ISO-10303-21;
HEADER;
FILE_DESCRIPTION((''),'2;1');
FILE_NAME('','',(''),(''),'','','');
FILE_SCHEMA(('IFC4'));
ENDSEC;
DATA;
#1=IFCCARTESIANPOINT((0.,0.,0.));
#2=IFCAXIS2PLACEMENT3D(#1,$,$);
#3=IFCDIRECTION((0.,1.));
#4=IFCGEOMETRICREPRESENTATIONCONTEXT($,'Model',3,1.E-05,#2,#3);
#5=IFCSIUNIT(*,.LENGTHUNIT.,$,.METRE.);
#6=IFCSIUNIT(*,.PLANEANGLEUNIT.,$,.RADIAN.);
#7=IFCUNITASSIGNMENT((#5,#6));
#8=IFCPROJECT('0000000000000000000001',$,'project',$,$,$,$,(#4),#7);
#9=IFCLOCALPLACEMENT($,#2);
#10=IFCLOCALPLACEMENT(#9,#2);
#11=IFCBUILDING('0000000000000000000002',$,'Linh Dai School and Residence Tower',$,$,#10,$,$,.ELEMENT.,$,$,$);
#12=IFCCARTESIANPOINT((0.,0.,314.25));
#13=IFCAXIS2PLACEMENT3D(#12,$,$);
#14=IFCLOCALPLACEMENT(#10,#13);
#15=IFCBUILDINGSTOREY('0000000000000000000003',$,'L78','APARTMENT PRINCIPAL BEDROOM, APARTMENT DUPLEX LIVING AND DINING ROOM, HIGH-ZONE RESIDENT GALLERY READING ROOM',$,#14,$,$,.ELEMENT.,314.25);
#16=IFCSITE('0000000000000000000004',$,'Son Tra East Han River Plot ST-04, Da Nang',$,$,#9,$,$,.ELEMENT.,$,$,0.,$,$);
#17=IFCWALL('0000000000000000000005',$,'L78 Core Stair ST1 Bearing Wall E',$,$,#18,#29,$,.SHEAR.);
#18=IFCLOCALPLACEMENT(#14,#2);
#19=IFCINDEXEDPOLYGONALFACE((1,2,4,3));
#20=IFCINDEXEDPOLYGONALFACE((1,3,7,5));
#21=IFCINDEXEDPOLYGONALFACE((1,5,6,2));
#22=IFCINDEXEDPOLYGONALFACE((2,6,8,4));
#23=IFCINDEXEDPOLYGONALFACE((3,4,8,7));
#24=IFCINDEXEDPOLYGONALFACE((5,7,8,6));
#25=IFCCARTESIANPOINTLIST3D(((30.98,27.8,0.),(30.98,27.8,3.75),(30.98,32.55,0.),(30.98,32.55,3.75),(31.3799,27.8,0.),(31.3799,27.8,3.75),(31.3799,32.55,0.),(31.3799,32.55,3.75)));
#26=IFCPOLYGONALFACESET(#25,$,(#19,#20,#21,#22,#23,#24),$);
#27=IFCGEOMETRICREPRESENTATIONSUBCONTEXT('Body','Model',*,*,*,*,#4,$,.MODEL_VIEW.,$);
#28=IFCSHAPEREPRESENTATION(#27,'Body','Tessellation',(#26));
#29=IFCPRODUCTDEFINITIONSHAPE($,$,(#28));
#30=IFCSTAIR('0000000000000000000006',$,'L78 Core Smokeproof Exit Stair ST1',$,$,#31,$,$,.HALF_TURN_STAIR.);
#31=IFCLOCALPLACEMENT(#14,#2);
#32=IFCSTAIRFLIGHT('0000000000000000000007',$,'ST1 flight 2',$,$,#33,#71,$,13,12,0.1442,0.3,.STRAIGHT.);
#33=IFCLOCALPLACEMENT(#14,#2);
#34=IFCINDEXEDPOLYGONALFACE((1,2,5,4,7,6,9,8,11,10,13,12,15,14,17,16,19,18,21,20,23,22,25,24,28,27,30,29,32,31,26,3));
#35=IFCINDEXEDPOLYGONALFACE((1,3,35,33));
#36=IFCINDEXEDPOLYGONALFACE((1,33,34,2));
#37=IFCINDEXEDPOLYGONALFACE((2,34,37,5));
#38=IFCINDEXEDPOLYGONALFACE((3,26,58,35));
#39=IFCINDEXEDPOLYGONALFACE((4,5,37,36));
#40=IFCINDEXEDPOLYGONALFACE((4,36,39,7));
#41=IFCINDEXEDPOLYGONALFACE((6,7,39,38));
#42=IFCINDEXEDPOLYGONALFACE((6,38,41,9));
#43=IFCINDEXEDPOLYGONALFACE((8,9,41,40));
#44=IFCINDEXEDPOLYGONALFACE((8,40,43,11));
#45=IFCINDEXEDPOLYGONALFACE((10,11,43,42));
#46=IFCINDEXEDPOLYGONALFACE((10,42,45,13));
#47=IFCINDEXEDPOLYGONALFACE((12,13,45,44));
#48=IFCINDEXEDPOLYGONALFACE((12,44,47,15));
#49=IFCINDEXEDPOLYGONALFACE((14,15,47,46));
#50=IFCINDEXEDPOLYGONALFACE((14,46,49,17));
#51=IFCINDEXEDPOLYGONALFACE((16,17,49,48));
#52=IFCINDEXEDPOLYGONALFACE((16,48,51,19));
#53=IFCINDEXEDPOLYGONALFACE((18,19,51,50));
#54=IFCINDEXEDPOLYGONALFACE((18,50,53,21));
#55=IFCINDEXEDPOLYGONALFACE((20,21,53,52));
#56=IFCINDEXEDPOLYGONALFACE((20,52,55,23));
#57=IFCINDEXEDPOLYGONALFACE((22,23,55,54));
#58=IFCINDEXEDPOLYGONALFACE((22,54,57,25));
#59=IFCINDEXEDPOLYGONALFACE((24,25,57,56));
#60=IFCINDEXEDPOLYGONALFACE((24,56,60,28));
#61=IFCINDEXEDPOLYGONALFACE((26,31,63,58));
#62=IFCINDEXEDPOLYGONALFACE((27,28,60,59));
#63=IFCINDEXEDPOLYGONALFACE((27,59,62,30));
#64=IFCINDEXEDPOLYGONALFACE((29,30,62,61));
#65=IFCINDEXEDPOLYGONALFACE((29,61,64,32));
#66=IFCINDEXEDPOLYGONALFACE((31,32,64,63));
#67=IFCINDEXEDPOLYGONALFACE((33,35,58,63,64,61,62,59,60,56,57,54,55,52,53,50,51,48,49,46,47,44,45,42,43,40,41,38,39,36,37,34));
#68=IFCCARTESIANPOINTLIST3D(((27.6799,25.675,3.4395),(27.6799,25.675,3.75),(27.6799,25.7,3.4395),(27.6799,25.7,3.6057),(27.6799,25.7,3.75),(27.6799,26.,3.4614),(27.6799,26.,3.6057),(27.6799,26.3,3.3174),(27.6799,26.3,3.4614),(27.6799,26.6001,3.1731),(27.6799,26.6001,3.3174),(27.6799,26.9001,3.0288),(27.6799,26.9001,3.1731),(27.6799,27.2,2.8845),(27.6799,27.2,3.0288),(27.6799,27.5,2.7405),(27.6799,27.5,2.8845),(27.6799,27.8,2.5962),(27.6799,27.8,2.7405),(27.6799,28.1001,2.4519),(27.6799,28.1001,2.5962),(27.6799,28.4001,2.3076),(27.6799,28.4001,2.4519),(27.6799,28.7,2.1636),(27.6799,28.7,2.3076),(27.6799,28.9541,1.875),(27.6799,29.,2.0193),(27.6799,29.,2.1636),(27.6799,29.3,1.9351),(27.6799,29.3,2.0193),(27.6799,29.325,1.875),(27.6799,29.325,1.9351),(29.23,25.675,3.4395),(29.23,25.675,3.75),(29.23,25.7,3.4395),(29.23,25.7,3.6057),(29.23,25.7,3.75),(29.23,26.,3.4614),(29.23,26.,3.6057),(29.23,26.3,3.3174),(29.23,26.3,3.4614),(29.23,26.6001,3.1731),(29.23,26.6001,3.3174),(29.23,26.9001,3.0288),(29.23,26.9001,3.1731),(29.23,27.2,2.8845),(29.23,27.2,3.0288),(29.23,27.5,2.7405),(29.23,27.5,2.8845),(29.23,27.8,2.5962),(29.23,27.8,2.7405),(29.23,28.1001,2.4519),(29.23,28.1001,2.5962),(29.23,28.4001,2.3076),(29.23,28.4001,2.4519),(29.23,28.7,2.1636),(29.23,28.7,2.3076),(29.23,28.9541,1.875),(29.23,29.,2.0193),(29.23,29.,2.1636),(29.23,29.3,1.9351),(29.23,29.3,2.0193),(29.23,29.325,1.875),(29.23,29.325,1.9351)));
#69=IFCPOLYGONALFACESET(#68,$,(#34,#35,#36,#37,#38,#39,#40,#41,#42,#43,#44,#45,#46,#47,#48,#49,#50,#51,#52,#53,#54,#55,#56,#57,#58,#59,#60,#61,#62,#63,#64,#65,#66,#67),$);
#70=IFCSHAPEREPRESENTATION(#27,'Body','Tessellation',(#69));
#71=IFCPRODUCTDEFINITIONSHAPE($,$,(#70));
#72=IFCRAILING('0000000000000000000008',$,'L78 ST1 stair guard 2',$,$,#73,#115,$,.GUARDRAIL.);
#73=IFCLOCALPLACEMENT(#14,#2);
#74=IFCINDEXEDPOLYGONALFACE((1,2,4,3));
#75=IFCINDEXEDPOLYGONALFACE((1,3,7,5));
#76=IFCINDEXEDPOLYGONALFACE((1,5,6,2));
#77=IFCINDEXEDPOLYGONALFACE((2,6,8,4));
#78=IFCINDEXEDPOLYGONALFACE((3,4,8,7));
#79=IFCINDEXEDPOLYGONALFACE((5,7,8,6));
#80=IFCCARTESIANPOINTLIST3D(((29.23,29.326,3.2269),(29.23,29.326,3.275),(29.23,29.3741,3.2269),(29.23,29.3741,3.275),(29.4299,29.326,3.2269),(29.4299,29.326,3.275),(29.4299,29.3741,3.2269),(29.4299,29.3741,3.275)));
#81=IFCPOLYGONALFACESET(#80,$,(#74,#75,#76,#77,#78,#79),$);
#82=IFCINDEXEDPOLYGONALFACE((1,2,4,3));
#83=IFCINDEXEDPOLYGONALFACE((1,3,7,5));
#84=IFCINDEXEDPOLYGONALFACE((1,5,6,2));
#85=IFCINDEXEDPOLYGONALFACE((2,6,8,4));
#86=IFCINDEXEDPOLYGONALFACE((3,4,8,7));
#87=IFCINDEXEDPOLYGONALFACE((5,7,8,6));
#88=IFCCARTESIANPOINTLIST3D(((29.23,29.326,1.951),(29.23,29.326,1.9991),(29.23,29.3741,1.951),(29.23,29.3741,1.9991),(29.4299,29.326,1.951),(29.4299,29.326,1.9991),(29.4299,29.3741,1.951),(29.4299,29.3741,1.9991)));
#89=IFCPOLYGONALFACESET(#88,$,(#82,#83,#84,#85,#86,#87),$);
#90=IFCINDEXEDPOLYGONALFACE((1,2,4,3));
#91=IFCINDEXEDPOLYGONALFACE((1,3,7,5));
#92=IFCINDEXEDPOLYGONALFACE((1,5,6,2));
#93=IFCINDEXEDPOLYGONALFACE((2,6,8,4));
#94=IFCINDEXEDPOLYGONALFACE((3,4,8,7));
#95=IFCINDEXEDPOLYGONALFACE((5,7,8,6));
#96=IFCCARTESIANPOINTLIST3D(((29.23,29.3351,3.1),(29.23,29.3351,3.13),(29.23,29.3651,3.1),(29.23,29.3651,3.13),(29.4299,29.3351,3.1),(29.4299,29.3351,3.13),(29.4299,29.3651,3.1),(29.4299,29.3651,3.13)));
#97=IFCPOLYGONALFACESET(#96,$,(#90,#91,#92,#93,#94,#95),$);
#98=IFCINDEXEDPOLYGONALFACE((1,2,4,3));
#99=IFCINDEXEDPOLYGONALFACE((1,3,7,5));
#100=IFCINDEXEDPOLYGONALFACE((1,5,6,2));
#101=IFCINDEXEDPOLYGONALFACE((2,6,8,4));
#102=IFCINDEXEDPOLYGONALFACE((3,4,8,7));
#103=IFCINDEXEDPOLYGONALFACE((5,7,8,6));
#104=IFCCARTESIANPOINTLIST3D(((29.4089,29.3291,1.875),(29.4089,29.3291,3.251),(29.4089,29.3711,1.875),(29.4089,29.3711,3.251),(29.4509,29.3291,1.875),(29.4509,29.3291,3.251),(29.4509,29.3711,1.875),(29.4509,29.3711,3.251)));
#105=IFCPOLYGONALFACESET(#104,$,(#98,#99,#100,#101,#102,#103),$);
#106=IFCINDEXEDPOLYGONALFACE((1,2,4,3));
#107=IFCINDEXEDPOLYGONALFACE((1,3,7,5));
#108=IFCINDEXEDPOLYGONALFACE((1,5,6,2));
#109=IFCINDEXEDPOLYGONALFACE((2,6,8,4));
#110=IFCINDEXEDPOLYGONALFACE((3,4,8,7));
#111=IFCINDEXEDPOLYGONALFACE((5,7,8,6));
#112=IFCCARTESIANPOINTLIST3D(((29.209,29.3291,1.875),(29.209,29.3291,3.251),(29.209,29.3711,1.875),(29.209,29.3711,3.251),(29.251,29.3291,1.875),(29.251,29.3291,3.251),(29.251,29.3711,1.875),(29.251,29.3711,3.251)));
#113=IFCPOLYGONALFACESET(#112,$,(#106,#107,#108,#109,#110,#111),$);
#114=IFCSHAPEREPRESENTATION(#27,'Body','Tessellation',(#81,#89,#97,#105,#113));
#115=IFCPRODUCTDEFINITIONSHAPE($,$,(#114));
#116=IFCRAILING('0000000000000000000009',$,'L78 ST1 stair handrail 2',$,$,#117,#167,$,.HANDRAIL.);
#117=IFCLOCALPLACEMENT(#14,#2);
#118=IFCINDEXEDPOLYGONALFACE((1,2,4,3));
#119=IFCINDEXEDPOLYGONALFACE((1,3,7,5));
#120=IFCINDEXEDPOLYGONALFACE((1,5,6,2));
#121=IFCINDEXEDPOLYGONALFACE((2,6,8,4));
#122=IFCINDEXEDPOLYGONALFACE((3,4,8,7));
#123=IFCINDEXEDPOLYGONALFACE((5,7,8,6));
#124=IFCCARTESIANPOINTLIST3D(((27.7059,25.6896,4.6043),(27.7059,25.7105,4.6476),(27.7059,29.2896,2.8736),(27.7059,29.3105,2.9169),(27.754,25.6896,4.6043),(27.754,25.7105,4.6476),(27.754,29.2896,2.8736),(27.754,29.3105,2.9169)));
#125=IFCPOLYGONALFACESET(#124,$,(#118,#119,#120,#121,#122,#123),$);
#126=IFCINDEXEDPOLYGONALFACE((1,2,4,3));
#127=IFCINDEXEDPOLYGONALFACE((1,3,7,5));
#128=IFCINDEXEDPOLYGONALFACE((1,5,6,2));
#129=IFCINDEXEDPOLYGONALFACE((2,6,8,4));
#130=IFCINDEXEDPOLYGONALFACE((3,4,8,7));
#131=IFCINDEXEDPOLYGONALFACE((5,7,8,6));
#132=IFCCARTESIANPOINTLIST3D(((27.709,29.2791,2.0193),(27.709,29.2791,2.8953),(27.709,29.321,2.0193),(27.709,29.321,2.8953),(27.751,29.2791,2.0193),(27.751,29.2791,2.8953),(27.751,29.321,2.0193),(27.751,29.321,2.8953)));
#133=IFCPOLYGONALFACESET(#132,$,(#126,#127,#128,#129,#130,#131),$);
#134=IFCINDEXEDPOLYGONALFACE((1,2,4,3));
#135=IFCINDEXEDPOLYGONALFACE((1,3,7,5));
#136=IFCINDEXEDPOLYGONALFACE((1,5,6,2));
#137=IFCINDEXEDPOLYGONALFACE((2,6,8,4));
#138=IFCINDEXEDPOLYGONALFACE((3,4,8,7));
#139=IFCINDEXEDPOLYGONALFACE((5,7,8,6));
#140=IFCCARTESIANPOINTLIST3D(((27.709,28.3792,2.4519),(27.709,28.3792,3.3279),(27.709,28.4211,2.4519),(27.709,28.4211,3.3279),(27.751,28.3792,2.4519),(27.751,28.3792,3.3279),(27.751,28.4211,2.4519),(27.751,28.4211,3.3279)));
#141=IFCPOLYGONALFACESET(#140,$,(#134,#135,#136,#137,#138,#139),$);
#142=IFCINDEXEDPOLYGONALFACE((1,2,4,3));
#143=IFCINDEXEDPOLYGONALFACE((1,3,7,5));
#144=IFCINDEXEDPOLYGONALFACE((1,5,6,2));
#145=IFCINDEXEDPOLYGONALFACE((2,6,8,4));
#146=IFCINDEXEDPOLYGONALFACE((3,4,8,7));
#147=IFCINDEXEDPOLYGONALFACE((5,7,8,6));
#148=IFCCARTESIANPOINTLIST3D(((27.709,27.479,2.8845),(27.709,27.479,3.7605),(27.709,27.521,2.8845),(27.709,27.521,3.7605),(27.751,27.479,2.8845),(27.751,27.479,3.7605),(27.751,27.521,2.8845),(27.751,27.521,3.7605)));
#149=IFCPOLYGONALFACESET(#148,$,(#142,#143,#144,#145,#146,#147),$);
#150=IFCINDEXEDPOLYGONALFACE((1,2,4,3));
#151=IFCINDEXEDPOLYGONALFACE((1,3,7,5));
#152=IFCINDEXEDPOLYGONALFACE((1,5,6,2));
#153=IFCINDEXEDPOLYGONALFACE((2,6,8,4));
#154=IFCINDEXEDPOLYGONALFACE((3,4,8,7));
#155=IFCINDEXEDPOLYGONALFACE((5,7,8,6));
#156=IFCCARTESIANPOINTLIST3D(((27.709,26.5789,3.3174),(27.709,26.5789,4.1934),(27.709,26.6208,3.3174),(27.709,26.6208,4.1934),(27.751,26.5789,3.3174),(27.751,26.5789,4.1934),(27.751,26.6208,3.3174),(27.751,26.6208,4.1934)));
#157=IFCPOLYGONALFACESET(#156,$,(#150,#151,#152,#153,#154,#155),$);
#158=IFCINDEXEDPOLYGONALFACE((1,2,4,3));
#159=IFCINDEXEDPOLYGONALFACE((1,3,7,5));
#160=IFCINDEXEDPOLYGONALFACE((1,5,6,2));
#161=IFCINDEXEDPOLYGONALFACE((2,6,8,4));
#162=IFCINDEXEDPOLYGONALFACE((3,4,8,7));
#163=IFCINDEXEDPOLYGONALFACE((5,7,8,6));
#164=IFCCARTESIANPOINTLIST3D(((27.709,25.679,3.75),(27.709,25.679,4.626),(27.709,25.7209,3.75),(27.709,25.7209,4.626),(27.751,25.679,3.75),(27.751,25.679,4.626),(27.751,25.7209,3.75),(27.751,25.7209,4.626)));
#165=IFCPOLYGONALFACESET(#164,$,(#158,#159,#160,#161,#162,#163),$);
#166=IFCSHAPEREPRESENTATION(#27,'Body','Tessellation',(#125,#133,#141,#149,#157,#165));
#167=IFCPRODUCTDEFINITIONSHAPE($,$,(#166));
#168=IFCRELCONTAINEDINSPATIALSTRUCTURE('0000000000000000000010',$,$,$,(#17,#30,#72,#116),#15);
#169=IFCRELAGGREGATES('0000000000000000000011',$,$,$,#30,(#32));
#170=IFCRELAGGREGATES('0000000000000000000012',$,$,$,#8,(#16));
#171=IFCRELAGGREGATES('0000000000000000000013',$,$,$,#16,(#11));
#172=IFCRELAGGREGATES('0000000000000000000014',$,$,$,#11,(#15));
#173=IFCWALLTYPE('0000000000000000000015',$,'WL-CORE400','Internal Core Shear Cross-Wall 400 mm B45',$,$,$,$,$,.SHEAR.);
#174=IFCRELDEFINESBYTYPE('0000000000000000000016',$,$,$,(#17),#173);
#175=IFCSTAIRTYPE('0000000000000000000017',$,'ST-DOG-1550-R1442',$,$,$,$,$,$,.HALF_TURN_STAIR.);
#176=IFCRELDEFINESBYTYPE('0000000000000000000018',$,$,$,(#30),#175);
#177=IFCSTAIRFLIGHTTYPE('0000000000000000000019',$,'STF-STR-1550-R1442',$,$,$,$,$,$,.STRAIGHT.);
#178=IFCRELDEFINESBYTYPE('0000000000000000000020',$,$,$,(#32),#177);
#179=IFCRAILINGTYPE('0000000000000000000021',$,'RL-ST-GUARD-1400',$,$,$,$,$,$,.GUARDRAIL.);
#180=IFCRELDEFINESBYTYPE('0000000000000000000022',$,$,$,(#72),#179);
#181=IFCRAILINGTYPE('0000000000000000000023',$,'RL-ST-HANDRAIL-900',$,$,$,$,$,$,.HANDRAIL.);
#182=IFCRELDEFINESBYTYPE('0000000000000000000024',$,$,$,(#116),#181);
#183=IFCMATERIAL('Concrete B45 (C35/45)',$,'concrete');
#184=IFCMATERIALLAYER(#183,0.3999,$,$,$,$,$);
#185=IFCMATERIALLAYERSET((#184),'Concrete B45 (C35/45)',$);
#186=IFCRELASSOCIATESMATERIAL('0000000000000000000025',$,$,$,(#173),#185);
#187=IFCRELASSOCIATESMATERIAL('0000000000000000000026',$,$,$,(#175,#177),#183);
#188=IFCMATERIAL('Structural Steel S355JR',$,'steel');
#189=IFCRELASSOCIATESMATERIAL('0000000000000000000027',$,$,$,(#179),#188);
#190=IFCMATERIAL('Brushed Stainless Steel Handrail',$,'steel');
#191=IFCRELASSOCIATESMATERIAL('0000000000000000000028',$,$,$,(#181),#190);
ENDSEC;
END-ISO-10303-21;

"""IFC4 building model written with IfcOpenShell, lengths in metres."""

from ifc_helpers import new_model, si_unit, direction, frame, frame_2d, origin, origin_2d, place, context, subcontext, project, spatial, polyline, rectangle, outline, extrude, source, transform, mapped, material, layer, layer_set, type_object, element, aggregate, save


model = new_model("IFC4")

# Units and contexts
model_context = context("Model", 3, precision=1e-05, world=origin(), true_north=direction((0.0, 1.0)))
body_context = subcontext(model_context, "Body", "Model", "MODEL_VIEW")
ifc_project = project(units=[si_unit("LENGTHUNIT", "METRE"), si_unit("PLANEANGLEUNIT", "RADIAN")], contexts=[model_context])

# Site, building, storey
site_placement = place(None, origin())
site = spatial("IfcSite", under=ifc_project, at=site_placement, Name="Son Tra East Han River Plot ST-04, Da Nang", CompositionType="ELEMENT", RefElevation=0.0)
building_placement = place(site_placement, origin())
building = spatial("IfcBuilding", under=site, at=building_placement, Name="Linh Dai School and Residence Tower", CompositionType="ELEMENT")
storey_placement = place(building_placement, frame((0.0, 0.0, 314.25)))
storey = spatial("IfcBuildingStorey", under=building, at=storey_placement, Name="L78", Description="APARTMENT PRINCIPAL BEDROOM, APARTMENT DUPLEX LIVING AND DINING ROOM, HIGH-ZONE RESIDENT GALLERY READING ROOM", CompositionType="ELEMENT", Elevation=314.25)

# Shared definitions
ifc_material_1 = material(Name="Concrete B45 (C35/45)", Category="concrete")

# Wall
ifc_layer_1 = layer(ifc_material_1, 0.3999)
ifc_layer_set_1 = layer_set([ifc_layer_1], Name="Concrete B45 (C35/45)")
wall_type_1 = type_object("IfcWallType", Name="WL-CORE400", Description="Internal Core Shear Cross-Wall 400 mm B45", PredefinedType="SHEAR", material=ifc_layer_set_1)
wall_1_placement = place(storey_placement, frame((31.1799, 27.8, 0.0), z_axis=(0.0, 0.0, 1.0), x_axis=(0.0, 1.0, 0.0)))
element("IfcWall", 1, at=wall_1_placement, inside=storey, type_object=wall_type_1, Name="L78 Core Stair ST1 Bearing Wall E", PredefinedType="SHEAR", context=body_context, shape_type="SweptSolid", body=[
    extrude(rectangle(XDim=4.75, YDim=0.3999, at=frame_2d((2.375, 0.0))), origin(), (0.0, 0.0, 1.0), 3.75),
])

# Stair, stair flight
stair_type = type_object("IfcStairType", Name="ST-DOG-1550-R1442", PredefinedType="HALF_TURN_STAIR", material=ifc_material_1)
stair_placement = place(storey_placement, origin())
stair = element("IfcStair", 2, at=stair_placement, inside=storey, type_object=stair_type, Name="L78 Core Smokeproof Exit Stair ST1", PredefinedType="HALF_TURN_STAIR")
stair_flight_type = type_object("IfcStairFlightType", Name="STF-STR-1550-R1442", PredefinedType="STRAIGHT", material=ifc_material_1)
shared_shape_1 = source(origin(), body_context, "Body", "SweptSolid", [
    extrude(outline(polyline([(-0.0249, 0.0), (-0.0249, 0.0601), (0.0, 0.0601), (0.0, 0.1443), (0.3, 0.1443), (0.3, 0.2886), (0.6001, 0.2886), (0.6001, 0.4326), (0.8999, 0.4326), (0.8999, 0.5769), (1.2, 0.5769), (1.2, 0.7212), (1.5, 0.7212), (1.5, 0.8655), (1.8, 0.8655), (1.8, 1.0095), (2.1001, 1.0095), (2.1001, 1.1538), (2.3999, 1.1538), (2.3999, 1.2981), (2.7, 1.2981), (2.7, 1.4424), (3.0, 1.4424), (3.0, 1.5864), (3.3, 1.5864), (3.3, 1.7307), (3.6001, 1.7307), (3.6001, 1.875), (3.625, 1.875), (3.625, 1.5645), (3.6001, 1.5645), (0.3459, 0.0), (-0.0249, 0.0)])), frame((0.0, 0.7749, 0.0), z_axis=(0.0, -1.0, 0.0), x_axis=(1.0, 0.0, 0.0)), (0.0, 0.0, 1.0), 1.55),
])
stair_flight_placement = place(storey_placement, frame((28.4551, 29.3, 1.875), z_axis=(0.0, 0.0, 1.0), x_axis=(0.0, -1.0, 0.0)))
stair_flight = element("IfcStairFlight", 3, at=stair_flight_placement, type_object=stair_flight_type, Name="ST1 flight 2", NumberOfRisers=13, NumberOfTreads=12, PredefinedType="STRAIGHT", RiserHeight=0.1442, TreadLength=0.3, context=body_context, shape_type="MappedRepresentation", body=[
    mapped(shared_shape_1, transform((0.0, 0.0, 0.0), x_axis=(1.0, 0.0, 0.0), y_axis=(0.0, 1.0, 0.0), z_axis=(0.0, 0.0, 1.0), scale=1.0)),
])
aggregate(stair, [stair_flight])

# Railings
ifc_material_2 = material(Name="Structural Steel S355JR", Category="steel")
railing_type_1 = type_object("IfcRailingType", Name="RL-ST-GUARD-1400", PredefinedType="GUARDRAIL", material=ifc_material_2)
shared_shape_2 = source(origin(), body_context, "Body", "SweptSolid", [
    extrude(rectangle(XDim=0.0481, YDim=0.0481, at=origin_2d()), frame((0.0, 0.0, 1.376), z_axis=(-1.0, 0.0, 0.0), x_axis=(0.0, -1.0, 0.0)), (0.0, 0.0, 1.0), 0.2),
    extrude(rectangle(XDim=0.0481, YDim=0.0481, at=origin_2d()), frame((0.0, 0.0, 0.1001), z_axis=(-1.0, 0.0, 0.0), x_axis=(0.0, -1.0, 0.0)), (0.0, 0.0, 1.0), 0.2),
    extrude(rectangle(XDim=0.03, YDim=0.03, at=origin_2d()), frame((0.0, 0.0, 1.24), z_axis=(-1.0, 0.0, 0.0), x_axis=(0.0, -1.0, 0.0)), (0.0, 0.0, 1.0), 0.2),
    extrude(rectangle(XDim=0.042, YDim=0.042, at=origin_2d()), origin(), (0.0, 0.0, 1.0), 1.376),
    extrude(rectangle(XDim=0.042, YDim=0.042, at=origin_2d()), frame((-0.2, 0.0, 0.0)), (0.0, 0.0, 1.0), 1.376),
])
railing_1_placement = place(storey_placement, frame((29.4299, 29.3501, 1.875)))
element("IfcRailing", 4, at=railing_1_placement, inside=storey, type_object=railing_type_1, Name="L78 ST1 stair guard 2", PredefinedType="GUARDRAIL", context=body_context, shape_type="MappedRepresentation", body=[
    mapped(shared_shape_2, transform((0.0, 0.0, 0.0), x_axis=(1.0, 0.0, 0.0), y_axis=(0.0, 1.0, 0.0), z_axis=(0.0, 0.0, 1.0), scale=1.0)),
])
ifc_material_3 = material(Name="Brushed Stainless Steel Handrail", Category="steel")
railing_type_2 = type_object("IfcRailingType", Name="RL-ST-HANDRAIL-900", PredefinedType="HANDRAIL", material=ifc_material_3)
shared_shape_3 = source(origin(), body_context, "Body", "SweptSolid", [
    extrude(rectangle(XDim=0.0481, YDim=0.0481, at=origin_2d()), frame((0.0, 0.0, 0.876), z_axis=(0.0, -0.901263, 0.433273), x_axis=(1.0, 0.0, 0.0)), (0.0, 0.0, 1.0), 3.9944),
    extrude(rectangle(XDim=0.042, YDim=0.042, at=origin_2d()), origin(), (0.0, 0.0, 1.0), 0.876),
    extrude(rectangle(XDim=0.042, YDim=0.042, at=origin_2d()), frame((0.0, -0.8999, 0.4326)), (0.0, 0.0, 1.0), 0.876),
    extrude(rectangle(XDim=0.042, YDim=0.042, at=origin_2d()), frame((0.0, -1.8, 0.8652)), (0.0, 0.0, 1.0), 0.876),
    extrude(rectangle(XDim=0.042, YDim=0.042, at=origin_2d()), frame((0.0, -2.7002, 1.2981)), (0.0, 0.0, 1.0), 0.876),
    extrude(rectangle(XDim=0.042, YDim=0.042, at=origin_2d()), frame((0.0, -3.6001, 1.7307)), (0.0, 0.0, 1.0), 0.876),
])
railing_2_placement = place(storey_placement, frame((27.73, 29.3, 2.0193)))
element("IfcRailing", 5, at=railing_2_placement, inside=storey, type_object=railing_type_2, Name="L78 ST1 stair handrail 2", PredefinedType="HANDRAIL", context=body_context, shape_type="MappedRepresentation", body=[
    mapped(shared_shape_3, transform((0.0, 0.0, 0.0), x_axis=(1.0, 0.0, 0.0), y_axis=(0.0, 1.0, 0.0), z_axis=(0.0, 0.0, 1.0), scale=1.0)),
])

save(model, "model.ifc")
